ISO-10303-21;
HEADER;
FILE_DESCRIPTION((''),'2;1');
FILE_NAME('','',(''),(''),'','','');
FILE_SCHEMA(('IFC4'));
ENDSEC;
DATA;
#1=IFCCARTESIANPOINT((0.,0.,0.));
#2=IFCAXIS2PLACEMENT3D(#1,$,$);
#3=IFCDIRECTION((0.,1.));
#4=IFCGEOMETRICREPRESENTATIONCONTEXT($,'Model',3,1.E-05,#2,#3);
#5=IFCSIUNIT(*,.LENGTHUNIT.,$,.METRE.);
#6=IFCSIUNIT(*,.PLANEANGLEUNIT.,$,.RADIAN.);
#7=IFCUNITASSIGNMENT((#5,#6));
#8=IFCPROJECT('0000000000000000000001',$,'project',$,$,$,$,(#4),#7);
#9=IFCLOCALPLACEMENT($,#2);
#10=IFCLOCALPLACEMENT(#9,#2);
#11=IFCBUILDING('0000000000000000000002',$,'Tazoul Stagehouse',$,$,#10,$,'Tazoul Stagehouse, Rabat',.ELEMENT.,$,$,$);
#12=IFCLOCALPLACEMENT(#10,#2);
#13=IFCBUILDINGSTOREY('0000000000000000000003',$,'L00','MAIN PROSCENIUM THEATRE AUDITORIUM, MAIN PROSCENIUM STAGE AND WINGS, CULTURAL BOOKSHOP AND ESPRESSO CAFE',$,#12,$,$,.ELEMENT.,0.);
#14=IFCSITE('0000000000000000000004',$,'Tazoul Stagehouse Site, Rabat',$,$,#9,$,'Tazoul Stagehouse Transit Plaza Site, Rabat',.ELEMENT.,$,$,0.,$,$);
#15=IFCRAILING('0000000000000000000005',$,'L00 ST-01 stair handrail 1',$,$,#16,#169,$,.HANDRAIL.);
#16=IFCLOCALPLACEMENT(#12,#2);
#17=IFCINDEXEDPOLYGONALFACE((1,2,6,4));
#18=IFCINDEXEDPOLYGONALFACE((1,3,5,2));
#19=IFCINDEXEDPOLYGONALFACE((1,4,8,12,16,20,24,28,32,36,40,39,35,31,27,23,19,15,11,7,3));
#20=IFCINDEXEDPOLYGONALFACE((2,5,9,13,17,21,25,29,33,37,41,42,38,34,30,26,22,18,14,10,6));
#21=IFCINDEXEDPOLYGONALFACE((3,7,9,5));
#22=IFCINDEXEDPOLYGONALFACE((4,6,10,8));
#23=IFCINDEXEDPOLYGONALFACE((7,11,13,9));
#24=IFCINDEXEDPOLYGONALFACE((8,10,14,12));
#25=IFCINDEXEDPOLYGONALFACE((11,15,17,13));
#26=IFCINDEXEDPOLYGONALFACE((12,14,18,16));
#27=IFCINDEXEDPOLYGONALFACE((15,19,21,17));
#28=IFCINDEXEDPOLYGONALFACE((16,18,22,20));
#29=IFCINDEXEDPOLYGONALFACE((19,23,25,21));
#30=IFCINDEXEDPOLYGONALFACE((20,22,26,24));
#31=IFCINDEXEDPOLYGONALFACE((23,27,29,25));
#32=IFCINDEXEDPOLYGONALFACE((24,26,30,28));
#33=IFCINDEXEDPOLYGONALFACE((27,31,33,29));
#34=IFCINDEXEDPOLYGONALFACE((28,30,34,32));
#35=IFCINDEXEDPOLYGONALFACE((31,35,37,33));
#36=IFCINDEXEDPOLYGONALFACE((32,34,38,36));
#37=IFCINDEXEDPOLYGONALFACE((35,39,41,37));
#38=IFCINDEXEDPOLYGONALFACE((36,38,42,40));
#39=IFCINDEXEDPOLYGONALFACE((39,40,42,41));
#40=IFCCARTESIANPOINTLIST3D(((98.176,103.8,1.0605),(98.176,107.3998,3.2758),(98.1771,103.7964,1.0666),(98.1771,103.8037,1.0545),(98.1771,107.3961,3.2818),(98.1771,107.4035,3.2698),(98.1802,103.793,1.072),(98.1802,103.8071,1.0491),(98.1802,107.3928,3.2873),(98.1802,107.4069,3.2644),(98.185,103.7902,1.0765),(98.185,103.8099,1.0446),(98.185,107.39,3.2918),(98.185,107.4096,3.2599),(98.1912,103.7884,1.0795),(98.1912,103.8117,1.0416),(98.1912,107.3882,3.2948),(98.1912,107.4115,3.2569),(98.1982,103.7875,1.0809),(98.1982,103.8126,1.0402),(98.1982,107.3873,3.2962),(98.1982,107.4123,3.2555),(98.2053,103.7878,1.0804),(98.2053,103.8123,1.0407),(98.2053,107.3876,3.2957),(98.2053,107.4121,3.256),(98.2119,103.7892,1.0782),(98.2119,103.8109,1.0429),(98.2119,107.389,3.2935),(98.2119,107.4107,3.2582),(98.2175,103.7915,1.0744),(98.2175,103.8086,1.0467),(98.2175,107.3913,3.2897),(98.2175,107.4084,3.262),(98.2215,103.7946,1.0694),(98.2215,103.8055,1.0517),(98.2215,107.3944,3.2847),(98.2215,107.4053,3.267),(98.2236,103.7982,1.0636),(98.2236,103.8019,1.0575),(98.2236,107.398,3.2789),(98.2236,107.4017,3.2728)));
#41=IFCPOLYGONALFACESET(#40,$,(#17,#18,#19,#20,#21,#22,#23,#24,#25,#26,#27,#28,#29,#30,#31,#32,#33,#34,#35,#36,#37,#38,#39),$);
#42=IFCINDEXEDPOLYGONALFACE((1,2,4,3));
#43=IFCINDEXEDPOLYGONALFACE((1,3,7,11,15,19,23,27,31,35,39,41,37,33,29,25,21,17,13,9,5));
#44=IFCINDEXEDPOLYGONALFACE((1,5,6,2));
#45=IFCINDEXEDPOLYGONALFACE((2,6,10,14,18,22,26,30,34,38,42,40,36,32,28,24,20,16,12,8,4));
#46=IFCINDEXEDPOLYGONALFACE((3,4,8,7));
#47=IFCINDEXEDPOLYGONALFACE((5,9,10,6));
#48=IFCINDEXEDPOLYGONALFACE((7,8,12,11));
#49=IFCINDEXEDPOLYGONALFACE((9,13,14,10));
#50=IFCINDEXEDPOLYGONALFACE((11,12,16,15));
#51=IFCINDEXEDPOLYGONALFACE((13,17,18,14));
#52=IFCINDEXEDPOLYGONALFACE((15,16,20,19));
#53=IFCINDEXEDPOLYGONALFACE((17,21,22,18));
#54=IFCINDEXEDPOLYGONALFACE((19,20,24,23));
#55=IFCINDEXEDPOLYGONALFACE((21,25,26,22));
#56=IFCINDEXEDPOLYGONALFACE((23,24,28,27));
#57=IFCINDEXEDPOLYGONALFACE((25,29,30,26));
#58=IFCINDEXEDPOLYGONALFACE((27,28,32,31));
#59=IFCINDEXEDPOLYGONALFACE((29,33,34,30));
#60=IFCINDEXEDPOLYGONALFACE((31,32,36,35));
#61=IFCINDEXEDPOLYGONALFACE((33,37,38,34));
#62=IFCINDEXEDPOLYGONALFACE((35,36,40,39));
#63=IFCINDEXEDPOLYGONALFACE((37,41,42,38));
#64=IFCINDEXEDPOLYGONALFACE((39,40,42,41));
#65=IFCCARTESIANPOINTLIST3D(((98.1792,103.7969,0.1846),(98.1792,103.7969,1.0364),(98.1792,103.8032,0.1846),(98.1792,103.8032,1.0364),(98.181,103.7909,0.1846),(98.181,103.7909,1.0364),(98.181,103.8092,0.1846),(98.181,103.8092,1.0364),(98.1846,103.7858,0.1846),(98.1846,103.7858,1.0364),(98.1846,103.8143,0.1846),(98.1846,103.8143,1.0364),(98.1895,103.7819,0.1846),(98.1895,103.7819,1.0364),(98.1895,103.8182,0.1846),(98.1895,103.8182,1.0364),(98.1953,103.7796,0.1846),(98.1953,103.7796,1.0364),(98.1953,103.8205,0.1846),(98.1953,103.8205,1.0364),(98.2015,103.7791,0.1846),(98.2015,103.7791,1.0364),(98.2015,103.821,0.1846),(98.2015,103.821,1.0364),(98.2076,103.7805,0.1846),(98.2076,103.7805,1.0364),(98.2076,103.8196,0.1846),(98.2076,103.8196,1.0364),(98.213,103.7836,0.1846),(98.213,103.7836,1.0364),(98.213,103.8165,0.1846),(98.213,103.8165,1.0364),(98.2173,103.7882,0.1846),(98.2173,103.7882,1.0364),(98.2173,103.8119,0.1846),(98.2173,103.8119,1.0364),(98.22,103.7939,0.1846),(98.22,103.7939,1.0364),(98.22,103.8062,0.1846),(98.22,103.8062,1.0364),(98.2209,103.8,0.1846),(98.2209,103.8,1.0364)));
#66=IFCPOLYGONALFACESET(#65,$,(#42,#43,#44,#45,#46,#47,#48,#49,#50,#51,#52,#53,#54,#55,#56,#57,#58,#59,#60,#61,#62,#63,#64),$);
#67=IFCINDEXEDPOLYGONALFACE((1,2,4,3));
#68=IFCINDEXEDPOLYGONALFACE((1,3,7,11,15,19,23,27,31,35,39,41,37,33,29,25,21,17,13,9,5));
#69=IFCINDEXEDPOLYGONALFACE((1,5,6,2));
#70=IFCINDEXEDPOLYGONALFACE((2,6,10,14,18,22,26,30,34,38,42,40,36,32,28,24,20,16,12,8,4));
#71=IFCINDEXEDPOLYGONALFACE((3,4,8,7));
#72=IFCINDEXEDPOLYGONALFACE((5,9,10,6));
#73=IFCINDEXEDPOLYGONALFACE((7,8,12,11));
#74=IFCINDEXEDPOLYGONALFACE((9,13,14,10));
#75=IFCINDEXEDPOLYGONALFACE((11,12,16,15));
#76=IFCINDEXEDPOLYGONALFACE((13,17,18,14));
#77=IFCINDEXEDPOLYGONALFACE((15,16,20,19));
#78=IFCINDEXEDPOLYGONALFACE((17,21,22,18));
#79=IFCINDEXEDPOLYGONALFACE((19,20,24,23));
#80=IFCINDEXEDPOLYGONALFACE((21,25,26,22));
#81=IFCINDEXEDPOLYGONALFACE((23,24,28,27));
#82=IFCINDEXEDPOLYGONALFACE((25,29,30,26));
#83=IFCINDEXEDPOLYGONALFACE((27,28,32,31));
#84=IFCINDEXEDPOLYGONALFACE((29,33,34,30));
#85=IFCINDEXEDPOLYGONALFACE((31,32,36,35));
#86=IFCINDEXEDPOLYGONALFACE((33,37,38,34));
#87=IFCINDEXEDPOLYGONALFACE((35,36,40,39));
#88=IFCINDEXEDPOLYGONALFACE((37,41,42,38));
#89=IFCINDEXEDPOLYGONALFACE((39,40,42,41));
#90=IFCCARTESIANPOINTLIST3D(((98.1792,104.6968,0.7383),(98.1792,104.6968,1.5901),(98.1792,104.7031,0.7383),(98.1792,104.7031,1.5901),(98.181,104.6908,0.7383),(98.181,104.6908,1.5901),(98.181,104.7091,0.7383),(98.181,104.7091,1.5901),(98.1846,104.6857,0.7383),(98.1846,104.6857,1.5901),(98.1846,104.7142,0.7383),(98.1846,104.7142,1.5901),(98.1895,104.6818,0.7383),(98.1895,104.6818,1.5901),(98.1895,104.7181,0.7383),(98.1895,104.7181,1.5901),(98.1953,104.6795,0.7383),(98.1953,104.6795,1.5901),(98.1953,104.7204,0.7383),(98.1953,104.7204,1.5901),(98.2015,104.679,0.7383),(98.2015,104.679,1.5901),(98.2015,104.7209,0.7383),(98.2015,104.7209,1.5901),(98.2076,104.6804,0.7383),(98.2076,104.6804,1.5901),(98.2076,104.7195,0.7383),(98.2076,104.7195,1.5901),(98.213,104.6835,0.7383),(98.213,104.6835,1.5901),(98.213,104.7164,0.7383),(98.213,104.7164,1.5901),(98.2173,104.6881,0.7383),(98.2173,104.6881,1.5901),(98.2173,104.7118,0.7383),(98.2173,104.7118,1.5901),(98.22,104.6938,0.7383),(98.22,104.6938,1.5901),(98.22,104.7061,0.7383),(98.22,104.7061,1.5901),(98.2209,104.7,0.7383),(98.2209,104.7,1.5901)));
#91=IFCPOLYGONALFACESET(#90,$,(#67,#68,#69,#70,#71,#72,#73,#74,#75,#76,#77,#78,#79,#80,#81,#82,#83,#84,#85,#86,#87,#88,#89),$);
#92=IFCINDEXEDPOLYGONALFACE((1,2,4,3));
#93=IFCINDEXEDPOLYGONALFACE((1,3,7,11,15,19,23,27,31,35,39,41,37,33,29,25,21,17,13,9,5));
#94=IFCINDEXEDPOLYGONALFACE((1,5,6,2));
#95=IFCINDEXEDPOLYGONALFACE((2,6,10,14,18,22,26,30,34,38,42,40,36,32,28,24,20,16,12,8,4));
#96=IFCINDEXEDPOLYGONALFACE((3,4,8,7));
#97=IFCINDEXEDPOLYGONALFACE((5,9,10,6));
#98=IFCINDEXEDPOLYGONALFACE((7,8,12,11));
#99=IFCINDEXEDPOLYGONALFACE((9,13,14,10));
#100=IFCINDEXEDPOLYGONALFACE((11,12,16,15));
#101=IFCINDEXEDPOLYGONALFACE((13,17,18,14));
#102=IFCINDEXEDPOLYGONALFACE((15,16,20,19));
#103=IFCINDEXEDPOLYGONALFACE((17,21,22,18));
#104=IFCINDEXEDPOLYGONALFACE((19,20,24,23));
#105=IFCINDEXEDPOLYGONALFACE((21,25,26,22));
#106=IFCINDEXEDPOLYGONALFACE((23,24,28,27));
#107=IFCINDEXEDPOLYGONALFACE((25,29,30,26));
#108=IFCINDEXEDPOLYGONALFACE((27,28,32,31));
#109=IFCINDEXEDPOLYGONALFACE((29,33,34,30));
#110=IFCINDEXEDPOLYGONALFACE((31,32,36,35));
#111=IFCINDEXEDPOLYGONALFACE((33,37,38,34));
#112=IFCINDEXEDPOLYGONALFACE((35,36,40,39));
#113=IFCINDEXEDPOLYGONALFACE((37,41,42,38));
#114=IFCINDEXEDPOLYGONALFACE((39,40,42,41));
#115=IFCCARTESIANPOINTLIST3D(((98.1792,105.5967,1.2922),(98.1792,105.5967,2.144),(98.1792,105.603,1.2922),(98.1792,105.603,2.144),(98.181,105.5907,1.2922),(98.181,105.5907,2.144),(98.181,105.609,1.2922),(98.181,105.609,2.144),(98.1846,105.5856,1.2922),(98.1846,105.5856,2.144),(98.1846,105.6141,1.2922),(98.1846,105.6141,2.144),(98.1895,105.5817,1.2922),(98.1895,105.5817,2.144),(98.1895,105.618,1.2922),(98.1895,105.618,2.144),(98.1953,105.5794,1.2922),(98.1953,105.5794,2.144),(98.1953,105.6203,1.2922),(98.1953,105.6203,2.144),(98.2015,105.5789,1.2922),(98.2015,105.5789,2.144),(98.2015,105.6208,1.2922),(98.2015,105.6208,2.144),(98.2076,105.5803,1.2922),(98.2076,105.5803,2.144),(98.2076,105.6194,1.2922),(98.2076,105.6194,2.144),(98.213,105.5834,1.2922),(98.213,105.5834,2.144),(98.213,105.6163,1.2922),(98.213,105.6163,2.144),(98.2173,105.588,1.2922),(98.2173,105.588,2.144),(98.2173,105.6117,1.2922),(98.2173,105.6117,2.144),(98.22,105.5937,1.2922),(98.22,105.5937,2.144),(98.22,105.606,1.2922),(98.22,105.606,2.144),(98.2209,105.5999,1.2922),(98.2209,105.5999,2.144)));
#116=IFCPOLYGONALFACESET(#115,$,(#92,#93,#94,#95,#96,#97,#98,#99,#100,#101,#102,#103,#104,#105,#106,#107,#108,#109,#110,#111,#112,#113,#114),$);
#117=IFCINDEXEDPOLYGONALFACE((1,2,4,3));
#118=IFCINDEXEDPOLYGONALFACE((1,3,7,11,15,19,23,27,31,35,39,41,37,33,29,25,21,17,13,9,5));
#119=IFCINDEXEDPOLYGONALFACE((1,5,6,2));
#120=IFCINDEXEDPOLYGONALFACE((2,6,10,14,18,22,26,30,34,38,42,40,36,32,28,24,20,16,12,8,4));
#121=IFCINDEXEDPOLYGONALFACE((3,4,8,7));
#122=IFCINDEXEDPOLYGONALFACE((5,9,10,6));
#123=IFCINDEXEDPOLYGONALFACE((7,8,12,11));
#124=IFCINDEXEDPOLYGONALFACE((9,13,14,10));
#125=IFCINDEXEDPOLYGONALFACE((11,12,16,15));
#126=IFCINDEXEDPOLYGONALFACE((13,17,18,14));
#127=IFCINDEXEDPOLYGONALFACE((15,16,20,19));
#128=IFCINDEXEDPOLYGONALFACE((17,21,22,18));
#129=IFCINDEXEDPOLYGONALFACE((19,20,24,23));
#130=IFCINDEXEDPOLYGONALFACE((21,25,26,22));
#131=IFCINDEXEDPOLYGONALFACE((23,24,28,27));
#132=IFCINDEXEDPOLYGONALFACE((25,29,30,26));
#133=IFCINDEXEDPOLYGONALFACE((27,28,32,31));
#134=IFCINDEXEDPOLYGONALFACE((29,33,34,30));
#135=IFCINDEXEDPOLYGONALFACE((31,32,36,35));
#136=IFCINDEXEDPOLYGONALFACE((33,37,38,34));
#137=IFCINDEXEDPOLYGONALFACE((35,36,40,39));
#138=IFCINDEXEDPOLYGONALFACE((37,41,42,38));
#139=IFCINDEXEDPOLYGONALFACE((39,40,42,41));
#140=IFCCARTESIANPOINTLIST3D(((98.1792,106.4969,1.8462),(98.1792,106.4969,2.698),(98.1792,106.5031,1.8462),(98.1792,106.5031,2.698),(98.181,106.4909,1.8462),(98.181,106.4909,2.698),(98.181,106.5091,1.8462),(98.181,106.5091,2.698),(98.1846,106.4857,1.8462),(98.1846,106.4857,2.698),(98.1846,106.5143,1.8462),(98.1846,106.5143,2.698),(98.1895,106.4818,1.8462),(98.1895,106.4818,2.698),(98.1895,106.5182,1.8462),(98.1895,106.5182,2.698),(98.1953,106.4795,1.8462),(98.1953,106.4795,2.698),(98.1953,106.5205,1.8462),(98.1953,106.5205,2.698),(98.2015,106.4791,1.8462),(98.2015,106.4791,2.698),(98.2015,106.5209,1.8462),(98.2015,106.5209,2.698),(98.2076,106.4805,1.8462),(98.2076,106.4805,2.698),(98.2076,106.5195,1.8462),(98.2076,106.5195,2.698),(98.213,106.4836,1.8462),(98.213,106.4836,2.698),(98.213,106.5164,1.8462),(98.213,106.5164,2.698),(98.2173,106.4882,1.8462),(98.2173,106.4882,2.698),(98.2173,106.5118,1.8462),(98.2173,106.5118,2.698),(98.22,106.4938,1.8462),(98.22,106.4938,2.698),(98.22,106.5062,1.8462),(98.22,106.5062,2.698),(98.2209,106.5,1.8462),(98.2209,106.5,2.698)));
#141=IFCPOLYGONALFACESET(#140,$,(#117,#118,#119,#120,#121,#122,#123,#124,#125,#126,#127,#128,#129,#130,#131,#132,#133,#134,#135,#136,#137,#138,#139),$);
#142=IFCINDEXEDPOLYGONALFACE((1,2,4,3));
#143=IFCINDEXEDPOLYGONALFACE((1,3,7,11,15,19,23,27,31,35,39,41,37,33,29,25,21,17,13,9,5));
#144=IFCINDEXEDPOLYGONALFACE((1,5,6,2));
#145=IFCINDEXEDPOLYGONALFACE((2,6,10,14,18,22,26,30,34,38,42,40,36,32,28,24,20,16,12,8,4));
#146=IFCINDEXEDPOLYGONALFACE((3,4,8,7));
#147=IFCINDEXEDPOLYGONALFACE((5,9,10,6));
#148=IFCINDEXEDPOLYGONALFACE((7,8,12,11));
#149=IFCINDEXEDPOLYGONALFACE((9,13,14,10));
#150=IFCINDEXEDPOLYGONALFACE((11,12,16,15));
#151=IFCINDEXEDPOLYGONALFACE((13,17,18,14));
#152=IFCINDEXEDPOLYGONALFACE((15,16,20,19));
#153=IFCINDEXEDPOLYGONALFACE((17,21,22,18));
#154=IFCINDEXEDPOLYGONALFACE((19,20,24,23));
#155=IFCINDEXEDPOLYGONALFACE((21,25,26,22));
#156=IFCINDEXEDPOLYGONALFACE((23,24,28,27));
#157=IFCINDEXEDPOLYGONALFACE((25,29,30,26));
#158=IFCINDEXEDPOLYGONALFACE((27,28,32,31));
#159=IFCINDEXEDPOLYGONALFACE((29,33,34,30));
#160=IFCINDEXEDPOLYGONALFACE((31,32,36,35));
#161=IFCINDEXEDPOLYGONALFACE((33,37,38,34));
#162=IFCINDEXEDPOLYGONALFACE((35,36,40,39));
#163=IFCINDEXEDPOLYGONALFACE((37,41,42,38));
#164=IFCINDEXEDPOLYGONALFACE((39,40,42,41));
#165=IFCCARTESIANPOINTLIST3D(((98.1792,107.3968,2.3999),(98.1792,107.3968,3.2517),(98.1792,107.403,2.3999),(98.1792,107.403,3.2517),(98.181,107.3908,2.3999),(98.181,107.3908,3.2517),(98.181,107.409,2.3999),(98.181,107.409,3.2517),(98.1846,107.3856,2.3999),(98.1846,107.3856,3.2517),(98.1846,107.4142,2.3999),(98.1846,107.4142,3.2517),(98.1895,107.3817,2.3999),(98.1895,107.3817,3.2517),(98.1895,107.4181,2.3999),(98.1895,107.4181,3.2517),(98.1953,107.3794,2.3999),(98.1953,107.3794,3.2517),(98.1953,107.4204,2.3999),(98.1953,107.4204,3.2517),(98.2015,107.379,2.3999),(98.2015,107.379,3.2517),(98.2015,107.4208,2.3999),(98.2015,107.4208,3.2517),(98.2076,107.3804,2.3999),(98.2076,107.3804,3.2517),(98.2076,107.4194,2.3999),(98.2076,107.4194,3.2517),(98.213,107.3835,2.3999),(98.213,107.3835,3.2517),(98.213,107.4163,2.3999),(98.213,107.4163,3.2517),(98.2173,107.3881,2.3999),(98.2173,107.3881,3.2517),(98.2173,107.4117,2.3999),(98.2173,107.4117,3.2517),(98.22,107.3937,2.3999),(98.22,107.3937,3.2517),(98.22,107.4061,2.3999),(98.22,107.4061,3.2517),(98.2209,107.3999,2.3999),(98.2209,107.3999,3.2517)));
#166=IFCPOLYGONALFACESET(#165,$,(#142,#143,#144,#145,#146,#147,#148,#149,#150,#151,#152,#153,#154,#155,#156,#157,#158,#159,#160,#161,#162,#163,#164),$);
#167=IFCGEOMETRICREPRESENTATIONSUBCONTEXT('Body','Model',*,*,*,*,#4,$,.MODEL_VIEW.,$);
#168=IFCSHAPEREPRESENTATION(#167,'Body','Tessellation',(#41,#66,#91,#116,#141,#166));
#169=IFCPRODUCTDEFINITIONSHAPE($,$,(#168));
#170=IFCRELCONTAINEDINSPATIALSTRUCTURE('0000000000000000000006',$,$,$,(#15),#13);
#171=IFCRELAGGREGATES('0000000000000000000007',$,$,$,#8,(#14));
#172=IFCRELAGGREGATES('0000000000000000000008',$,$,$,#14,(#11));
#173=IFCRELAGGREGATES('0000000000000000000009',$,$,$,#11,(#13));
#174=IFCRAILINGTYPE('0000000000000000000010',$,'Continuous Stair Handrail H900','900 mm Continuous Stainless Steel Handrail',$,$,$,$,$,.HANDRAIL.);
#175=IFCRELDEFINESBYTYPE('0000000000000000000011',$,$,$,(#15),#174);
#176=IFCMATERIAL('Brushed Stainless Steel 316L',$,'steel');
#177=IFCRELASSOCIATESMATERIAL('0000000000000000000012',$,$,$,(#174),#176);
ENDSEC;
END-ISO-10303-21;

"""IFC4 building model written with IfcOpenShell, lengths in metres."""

from ifc_helpers import new_model, si_unit, direction, frame, origin, origin_2d, place, context, subcontext, project, spatial, circle, extrude, material, material_profile, profile_set, type_object, element, save


model = new_model("IFC4")

# Units and contexts
model_context = context("Model", 3, precision=1e-05, world=origin(), true_north=direction((0.0, 1.0)))
body_context = subcontext(model_context, "Body", "Model", "MODEL_VIEW")
ifc_project = project(units=[si_unit("LENGTHUNIT", "METRE"), si_unit("PLANEANGLEUNIT", "RADIAN")], contexts=[model_context])

# Site, building, storey
site_placement = place(None, origin())
site = spatial("IfcSite", under=ifc_project, at=site_placement, Name="Tazoul Stagehouse Site, Rabat", LongName="Tazoul Stagehouse Transit Plaza Site, Rabat", CompositionType="ELEMENT", RefElevation=0.0)
building_placement = place(site_placement, origin())
building = spatial("IfcBuilding", under=site, at=building_placement, Name="Tazoul Stagehouse", LongName="Tazoul Stagehouse, Rabat", CompositionType="ELEMENT")
storey_placement = place(building_placement, origin())
storey = spatial("IfcBuildingStorey", under=building, at=storey_placement, Name="L00", Description="MAIN PROSCENIUM THEATRE AUDITORIUM, MAIN PROSCENIUM STAGE AND WINGS, CULTURAL BOOKSHOP AND ESPRESSO CAFE", CompositionType="ELEMENT", Elevation=0.0)

# Railing
ifc_material_1 = material(Name="Brushed Stainless Steel 316L", Category="steel")
ifc_material_profile_1 = material_profile(ifc_material_1, circle(Radius=0.021, at=origin_2d()), Name="SS HANDRAIL D42")
ifc_profile_set_1 = profile_set([ifc_material_profile_1], Name="Brushed Stainless Steel 316L")
railing_type_1 = type_object("IfcRailingType", Name="Continuous Stair Handrail H900", Description="900 mm Continuous Stainless Steel Handrail", PredefinedType="HANDRAIL", material=ifc_profile_set_1)
railing_1_placement = place(storey_placement, frame((98.2, 103.8, 0.1846)))
element("IfcRailing", 1, at=railing_1_placement, inside=storey, type_object=railing_type_1, Name="L00 ST-01 stair handrail 1", PredefinedType="HANDRAIL", context=body_context, shape_type="SweptSolid", body=[
    extrude(circle(Radius=0.0239, at=origin_2d()), frame((0.0, 0.0, 0.876), z_axis=(0.0, 0.851654, 0.524104), x_axis=(-1.0, 0.0, 0.0)), (0.0, 0.0, 1.0), 4.2268),
    extrude(circle(Radius=0.021, at=origin_2d()), origin(), (0.0, 0.0, 1.0), 0.8518),
    extrude(circle(Radius=0.021, at=origin_2d()), frame((0.0, 0.8999, 0.5537)), (0.0, 0.0, 1.0), 0.8518),
    extrude(circle(Radius=0.021, at=origin_2d()), frame((0.0, 1.7998, 1.1077)), (0.0, 0.0, 1.0), 0.8518),
    extrude(circle(Radius=0.021, at=origin_2d()), frame((0.0, 2.7, 1.6616)), (0.0, 0.0, 1.0), 0.8518),
    extrude(circle(Radius=0.021, at=origin_2d()), frame((0.0, 3.5999, 2.2153)), (0.0, 0.0, 1.0), 0.8518),
])

save(model, "model.ifc")
